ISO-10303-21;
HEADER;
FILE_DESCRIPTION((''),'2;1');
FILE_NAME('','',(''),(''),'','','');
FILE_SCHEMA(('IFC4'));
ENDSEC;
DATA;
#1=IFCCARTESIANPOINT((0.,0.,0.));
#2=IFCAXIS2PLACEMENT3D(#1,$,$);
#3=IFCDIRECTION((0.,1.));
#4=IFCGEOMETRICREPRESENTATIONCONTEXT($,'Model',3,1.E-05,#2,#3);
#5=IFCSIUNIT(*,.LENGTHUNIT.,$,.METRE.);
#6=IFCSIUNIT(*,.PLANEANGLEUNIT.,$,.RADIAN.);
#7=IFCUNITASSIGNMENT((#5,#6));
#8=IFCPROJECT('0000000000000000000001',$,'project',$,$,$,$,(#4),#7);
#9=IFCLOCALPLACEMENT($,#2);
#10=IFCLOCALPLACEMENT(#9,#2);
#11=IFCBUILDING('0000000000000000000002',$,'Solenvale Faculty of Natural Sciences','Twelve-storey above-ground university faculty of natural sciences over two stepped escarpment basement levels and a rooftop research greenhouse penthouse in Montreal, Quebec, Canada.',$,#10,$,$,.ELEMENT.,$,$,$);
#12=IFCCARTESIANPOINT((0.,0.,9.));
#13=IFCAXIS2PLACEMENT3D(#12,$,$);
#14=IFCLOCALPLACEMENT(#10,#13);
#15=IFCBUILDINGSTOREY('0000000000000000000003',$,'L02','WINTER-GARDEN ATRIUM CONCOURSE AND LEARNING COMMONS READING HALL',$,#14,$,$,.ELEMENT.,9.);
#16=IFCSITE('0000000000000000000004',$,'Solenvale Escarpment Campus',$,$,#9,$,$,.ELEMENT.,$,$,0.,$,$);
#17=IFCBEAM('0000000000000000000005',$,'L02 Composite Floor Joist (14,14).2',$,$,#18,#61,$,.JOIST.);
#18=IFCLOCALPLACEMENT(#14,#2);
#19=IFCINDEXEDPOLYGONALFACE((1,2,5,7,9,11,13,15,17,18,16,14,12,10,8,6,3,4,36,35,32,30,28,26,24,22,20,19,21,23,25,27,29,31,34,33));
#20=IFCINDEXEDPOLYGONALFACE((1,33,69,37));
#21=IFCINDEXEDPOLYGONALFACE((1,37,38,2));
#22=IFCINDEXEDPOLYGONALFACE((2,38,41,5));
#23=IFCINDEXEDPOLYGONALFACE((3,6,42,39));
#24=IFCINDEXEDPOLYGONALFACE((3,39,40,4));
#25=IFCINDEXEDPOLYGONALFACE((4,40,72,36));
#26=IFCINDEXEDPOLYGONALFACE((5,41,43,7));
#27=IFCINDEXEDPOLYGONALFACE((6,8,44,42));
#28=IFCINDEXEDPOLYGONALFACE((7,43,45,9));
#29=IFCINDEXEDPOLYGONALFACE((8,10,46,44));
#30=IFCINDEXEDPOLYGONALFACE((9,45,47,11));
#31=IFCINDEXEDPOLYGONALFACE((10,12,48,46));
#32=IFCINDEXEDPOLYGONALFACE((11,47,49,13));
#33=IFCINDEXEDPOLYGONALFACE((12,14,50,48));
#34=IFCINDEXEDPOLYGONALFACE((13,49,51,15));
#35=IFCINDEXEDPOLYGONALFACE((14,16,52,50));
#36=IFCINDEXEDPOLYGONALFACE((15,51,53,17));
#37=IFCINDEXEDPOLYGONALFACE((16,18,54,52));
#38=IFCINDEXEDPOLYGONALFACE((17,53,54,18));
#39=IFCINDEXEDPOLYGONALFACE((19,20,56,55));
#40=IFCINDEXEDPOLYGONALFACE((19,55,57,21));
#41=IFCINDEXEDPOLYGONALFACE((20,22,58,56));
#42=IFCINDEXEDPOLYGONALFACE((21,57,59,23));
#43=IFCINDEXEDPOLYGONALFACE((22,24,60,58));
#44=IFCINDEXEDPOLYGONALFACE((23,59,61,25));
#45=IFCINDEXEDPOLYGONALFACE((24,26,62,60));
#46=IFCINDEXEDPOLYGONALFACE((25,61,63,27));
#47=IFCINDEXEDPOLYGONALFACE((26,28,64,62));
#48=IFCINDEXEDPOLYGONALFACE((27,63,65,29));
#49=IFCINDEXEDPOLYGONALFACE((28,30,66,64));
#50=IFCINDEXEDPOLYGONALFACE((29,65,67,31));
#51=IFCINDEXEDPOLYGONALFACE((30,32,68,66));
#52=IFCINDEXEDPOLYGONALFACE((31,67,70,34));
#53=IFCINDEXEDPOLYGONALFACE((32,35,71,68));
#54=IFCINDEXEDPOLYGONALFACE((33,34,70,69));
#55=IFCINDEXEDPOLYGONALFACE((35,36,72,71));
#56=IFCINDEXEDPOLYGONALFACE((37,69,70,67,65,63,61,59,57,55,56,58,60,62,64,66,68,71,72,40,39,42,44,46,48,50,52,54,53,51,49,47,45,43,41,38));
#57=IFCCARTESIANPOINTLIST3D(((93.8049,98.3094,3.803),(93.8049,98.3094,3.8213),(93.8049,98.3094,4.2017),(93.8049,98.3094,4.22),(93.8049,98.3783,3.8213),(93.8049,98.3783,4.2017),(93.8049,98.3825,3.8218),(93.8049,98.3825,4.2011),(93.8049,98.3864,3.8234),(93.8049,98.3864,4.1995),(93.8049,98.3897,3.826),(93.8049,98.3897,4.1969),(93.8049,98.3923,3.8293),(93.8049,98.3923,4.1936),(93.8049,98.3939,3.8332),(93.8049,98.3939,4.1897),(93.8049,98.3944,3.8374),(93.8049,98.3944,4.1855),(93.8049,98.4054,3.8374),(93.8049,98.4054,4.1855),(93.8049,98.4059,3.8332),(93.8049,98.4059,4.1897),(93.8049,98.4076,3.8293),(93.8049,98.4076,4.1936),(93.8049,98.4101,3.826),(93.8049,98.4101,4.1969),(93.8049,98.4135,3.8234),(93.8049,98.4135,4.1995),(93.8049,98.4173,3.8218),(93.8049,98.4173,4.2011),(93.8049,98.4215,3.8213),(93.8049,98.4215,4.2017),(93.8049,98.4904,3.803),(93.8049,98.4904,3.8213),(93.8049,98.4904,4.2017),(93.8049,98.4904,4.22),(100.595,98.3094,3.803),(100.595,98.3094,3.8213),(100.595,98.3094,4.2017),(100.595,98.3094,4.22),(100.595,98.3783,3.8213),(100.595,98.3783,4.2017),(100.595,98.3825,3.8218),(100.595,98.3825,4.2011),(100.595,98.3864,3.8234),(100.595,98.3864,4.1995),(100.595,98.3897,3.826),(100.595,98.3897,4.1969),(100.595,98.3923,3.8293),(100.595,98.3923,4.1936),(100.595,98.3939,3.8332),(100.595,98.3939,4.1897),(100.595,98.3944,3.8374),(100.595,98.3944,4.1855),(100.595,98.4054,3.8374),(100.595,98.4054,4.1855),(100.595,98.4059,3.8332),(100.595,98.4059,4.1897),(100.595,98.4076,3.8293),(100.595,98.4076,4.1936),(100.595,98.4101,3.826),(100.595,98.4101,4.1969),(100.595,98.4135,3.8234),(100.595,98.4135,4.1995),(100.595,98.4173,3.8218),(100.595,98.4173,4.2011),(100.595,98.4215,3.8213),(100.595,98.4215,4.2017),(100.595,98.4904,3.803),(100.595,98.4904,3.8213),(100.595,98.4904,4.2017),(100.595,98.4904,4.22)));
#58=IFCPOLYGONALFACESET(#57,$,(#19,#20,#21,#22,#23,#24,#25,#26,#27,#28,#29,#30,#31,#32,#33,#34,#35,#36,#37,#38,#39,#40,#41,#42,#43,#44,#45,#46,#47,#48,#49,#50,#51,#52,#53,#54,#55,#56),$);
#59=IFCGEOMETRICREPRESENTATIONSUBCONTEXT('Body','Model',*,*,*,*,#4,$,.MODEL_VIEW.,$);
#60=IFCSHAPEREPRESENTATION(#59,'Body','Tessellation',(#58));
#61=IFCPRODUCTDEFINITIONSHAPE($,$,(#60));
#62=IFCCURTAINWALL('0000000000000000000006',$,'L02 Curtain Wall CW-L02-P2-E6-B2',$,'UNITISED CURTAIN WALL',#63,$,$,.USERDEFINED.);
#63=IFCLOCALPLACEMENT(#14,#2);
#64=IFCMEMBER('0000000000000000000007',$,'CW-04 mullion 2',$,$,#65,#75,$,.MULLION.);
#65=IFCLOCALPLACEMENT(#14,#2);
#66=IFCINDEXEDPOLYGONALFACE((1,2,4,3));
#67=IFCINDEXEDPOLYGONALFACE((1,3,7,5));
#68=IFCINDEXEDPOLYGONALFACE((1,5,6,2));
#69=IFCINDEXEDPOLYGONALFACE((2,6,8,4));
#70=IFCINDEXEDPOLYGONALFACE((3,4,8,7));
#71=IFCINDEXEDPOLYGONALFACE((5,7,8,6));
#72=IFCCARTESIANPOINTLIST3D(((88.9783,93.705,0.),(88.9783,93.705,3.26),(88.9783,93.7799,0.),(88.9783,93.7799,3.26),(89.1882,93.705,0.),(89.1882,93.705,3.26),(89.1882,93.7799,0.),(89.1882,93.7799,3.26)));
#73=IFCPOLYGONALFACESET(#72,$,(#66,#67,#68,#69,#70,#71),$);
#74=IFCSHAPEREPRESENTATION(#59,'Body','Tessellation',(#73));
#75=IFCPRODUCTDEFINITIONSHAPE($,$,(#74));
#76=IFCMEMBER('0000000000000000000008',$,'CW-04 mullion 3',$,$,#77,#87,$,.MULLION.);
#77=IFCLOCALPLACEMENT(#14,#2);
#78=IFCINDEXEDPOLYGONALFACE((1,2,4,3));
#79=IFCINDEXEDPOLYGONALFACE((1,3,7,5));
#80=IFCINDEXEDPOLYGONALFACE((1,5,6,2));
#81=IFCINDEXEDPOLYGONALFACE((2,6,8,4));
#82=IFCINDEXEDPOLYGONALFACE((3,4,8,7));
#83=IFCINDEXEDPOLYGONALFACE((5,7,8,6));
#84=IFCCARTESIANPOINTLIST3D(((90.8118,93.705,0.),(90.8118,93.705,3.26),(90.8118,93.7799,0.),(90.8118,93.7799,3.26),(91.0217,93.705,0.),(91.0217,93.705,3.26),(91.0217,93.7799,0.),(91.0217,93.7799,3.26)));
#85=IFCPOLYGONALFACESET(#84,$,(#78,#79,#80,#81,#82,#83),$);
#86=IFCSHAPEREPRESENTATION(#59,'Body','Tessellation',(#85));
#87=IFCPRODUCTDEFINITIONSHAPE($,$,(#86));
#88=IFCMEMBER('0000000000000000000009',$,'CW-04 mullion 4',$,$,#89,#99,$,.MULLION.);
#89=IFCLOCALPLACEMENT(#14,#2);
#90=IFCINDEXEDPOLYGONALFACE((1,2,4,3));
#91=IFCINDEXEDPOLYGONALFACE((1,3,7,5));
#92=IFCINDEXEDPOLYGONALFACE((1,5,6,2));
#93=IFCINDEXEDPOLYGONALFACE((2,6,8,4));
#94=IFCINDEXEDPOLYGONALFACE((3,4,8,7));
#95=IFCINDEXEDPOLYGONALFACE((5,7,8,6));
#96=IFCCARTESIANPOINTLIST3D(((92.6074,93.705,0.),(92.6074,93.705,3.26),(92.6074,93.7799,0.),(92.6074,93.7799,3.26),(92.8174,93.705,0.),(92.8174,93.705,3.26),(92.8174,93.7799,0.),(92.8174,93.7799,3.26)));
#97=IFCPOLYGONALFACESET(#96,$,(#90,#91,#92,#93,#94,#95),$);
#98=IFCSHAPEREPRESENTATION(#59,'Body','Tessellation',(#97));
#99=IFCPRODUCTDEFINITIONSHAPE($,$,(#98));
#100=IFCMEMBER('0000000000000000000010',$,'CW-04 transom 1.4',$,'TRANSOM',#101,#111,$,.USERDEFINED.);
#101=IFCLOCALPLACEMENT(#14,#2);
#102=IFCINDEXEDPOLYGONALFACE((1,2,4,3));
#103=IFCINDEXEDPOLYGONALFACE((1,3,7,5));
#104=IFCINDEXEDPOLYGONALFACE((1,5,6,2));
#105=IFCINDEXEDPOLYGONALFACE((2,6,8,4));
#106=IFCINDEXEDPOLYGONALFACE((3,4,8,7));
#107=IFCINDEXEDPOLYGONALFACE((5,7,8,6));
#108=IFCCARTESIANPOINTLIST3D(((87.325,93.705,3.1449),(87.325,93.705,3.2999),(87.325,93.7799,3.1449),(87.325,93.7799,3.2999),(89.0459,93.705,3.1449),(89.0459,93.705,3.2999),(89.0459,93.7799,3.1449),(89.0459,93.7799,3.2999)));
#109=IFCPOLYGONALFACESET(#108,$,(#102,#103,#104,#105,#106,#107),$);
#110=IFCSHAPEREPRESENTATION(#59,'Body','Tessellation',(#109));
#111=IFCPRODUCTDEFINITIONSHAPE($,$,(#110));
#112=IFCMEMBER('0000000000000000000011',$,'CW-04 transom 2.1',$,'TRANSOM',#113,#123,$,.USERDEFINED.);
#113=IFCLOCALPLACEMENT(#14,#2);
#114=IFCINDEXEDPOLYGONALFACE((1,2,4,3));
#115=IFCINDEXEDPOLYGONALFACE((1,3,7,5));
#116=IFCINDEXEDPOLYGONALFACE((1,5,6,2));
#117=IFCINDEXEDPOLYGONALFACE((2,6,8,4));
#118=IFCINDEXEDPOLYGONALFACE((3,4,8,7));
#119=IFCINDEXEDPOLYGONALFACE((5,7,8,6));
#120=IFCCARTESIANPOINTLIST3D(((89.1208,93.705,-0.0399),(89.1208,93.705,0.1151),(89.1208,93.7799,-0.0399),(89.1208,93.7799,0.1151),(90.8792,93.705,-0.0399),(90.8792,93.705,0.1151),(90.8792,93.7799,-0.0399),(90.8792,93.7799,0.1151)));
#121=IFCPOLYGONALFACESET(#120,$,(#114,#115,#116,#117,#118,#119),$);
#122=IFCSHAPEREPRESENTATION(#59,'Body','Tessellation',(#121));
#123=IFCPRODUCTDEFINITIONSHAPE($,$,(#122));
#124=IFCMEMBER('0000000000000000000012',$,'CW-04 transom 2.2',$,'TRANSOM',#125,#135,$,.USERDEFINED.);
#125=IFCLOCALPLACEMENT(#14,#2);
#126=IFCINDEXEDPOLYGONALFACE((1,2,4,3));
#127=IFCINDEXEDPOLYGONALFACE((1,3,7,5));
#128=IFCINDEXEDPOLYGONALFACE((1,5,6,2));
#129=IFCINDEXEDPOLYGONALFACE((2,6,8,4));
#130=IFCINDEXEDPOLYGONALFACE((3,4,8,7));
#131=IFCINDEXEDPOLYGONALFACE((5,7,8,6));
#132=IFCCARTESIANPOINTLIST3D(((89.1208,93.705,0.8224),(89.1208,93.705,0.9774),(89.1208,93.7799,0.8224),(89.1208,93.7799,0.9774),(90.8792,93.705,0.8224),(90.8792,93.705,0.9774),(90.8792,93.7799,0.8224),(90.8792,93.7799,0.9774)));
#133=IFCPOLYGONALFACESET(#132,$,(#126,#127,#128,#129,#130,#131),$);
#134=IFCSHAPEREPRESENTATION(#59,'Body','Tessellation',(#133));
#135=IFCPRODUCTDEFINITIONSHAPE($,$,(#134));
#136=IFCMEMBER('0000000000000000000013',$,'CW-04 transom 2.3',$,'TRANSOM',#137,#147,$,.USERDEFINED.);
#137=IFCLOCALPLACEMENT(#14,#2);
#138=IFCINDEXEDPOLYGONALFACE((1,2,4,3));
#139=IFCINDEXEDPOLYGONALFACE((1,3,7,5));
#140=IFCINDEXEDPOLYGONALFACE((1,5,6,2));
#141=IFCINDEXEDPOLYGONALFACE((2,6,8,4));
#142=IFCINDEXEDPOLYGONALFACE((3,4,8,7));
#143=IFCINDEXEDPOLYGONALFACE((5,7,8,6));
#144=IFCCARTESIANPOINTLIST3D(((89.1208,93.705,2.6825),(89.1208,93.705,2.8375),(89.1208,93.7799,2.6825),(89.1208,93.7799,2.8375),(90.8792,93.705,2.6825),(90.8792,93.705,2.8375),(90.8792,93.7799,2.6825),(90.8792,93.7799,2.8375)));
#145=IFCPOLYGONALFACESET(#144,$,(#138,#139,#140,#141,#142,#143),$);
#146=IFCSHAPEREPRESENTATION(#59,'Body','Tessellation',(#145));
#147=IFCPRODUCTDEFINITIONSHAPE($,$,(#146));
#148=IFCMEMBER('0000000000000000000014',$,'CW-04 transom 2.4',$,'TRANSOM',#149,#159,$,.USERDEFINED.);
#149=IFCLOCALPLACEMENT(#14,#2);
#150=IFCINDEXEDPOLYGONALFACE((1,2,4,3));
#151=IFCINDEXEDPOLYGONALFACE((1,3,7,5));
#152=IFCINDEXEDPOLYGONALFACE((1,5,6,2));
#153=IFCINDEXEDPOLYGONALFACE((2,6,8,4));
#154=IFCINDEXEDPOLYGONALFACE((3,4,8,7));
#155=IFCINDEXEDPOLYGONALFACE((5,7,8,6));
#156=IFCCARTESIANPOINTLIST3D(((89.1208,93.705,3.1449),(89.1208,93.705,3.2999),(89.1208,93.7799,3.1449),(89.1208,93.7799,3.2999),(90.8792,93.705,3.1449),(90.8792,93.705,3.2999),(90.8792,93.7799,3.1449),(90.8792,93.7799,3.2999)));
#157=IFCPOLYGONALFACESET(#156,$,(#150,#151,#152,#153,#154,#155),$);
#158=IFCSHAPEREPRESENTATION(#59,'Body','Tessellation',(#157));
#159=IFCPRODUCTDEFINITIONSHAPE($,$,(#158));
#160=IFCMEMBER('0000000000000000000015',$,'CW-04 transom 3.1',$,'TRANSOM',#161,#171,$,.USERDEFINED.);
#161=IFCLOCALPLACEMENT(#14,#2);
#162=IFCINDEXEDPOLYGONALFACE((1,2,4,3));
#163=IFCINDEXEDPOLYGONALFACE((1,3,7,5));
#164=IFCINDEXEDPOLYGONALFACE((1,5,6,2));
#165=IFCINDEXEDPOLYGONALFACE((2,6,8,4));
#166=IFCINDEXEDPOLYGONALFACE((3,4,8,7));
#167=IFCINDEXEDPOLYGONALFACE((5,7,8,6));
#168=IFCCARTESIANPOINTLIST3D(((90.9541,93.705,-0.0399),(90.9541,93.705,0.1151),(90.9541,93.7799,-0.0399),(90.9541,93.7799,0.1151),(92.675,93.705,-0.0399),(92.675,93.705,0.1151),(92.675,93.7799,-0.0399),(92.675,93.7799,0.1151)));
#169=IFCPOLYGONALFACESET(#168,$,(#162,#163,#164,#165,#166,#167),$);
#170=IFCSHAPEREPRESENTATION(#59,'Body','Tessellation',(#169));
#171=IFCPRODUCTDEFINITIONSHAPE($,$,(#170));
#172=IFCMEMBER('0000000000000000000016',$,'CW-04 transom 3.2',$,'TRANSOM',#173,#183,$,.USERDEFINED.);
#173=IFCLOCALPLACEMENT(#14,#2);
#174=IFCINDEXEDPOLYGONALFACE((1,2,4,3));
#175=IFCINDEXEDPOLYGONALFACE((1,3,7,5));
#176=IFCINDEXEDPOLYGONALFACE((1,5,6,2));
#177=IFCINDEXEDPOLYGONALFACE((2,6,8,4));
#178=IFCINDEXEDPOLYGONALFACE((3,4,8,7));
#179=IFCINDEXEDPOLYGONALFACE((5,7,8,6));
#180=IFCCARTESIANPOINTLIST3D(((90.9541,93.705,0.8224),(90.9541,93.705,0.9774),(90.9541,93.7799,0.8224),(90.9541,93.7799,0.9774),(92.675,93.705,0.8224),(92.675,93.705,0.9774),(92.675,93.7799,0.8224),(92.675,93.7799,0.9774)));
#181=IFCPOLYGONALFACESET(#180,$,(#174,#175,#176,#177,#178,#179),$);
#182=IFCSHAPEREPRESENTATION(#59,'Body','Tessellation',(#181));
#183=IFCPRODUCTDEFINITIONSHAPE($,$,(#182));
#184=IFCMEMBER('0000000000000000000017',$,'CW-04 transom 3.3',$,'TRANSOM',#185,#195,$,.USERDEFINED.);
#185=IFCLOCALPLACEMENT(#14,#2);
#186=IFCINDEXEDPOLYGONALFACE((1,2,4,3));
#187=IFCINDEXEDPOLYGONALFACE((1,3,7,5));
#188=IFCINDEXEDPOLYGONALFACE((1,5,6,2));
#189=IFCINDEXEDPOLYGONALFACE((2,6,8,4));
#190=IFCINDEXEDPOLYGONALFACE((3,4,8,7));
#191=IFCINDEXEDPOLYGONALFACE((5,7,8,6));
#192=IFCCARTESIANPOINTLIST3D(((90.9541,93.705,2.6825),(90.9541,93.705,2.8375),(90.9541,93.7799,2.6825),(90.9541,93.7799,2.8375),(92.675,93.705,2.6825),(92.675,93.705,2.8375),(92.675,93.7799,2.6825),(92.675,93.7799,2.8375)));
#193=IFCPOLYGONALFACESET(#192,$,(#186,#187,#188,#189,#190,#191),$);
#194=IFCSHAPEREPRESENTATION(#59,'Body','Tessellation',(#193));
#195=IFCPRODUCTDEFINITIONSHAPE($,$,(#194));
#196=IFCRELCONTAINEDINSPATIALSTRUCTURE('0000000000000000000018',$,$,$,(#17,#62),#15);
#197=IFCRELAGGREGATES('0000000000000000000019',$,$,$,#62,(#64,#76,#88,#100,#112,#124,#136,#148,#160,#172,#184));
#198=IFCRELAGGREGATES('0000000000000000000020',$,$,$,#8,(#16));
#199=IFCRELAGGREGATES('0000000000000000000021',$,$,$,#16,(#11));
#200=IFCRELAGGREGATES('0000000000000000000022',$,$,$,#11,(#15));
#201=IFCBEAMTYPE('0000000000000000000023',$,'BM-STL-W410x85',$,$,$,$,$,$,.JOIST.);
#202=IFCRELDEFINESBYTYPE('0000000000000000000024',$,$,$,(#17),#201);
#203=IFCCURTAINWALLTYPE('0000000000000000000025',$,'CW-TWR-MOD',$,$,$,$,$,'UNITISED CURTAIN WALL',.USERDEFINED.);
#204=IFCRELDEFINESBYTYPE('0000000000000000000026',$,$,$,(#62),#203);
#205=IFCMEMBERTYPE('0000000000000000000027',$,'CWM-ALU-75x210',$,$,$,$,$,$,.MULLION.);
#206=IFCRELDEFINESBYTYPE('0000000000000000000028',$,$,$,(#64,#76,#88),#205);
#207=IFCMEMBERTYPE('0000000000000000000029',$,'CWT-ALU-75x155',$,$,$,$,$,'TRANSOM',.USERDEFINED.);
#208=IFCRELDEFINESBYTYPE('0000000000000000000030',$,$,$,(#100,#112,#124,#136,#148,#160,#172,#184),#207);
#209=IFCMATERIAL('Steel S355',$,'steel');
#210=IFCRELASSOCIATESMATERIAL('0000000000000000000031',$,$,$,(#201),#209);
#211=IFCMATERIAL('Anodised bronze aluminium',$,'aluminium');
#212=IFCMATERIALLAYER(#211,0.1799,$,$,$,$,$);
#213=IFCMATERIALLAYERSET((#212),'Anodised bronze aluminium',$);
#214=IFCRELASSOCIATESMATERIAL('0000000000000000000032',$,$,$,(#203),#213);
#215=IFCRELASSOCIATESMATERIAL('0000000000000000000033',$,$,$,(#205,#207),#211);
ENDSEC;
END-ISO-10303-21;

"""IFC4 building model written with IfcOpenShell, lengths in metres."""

from ifc_helpers import new_model, si_unit, direction, frame, origin, origin_2d, place, context, subcontext, project, spatial, rectangle, i_section, extrude, material, layer, layer_set, material_profile, profile_set, type_object, element, aggregate, save


model = new_model("IFC4")

# Units and contexts
model_context = context("Model", 3, precision=1e-05, world=origin(), true_north=direction((0.0, 1.0)))
body_context = subcontext(model_context, "Body", "Model", "MODEL_VIEW")
ifc_project = project(units=[si_unit("LENGTHUNIT", "METRE"), si_unit("PLANEANGLEUNIT", "RADIAN")], contexts=[model_context])

# Site, building, storey
site_placement = place(None, origin())
site = spatial("IfcSite", under=ifc_project, at=site_placement, Name="Solenvale Escarpment Campus", CompositionType="ELEMENT", RefElevation=0.0)
building_placement = place(site_placement, origin())
building = spatial("IfcBuilding", under=site, at=building_placement, Name="Solenvale Faculty of Natural Sciences", Description="Twelve-storey above-ground university faculty of natural sciences over two stepped escarpment basement levels and a rooftop research greenhouse penthouse in Montreal, Quebec, Canada.", CompositionType="ELEMENT")
storey_placement = place(building_placement, frame((0.0, 0.0, 9.0)))
storey = spatial("IfcBuildingStorey", under=building, at=storey_placement, Name="L02", Description="WINTER-GARDEN ATRIUM CONCOURSE AND LEARNING COMMONS READING HALL", CompositionType="ELEMENT", Elevation=9.0)

# Beam
ifc_material_1 = material(Name="Steel S355", Category="steel")
ifc_material_profile_1 = material_profile(ifc_material_1, i_section(OverallWidth=0.1809, OverallDepth=0.417, WebThickness=0.011, FlangeThickness=0.0183, FilletRadius=0.0161, at=origin_2d()), Name="W410x85")
ifc_profile_set_1 = profile_set([ifc_material_profile_1], Name="Steel S355")
beam_type_1 = type_object("IfcBeamType", Name="BM-STL-W410x85", PredefinedType="JOIST", material=ifc_profile_set_1)
for number, where, z_axis, x_axis, name in (
    (1, (93.8049, 98.3999, 4.0115), (1.0, 0.0, 0.0), (0.0, 1.0, 0.0), "L02 Composite Floor Joist (14,14).2"),
):
    element("IfcBeam", number, at=place(storey_placement, frame(where, z_axis=z_axis, x_axis=x_axis)), inside=storey, type_object=beam_type_1, Name=name, PredefinedType="JOIST", context=body_context, shape_type="SweptSolid", body=[
        extrude(i_section(OverallWidth=0.1809, OverallDepth=0.417, WebThickness=0.011, FlangeThickness=0.0183, FilletRadius=0.0161, at=origin_2d()), origin(), (0.0, 0.0, 1.0), 6.79),
    ])

# Curtain wall, members
ifc_material_2 = material(Name="Anodised bronze aluminium", Category="aluminium")
ifc_layer_1 = layer(ifc_material_2, 0.1799)
ifc_layer_set_1 = layer_set([ifc_layer_1], Name="Anodised bronze aluminium")
curtain_wall_type = type_object("IfcCurtainWallType", Name="CW-TWR-MOD", ElementType="UNITISED CURTAIN WALL", PredefinedType="USERDEFINED", material=ifc_layer_set_1)
curtain_wall_placement = place(storey_placement, origin())
curtain_wall = element("IfcCurtainWall", 2, at=curtain_wall_placement, inside=storey, type_object=curtain_wall_type, Name="L02 Curtain Wall CW-L02-P2-E6-B2", ObjectType="UNITISED CURTAIN WALL", PredefinedType="USERDEFINED")
ifc_material_profile_2 = material_profile(ifc_material_2, rectangle(XDim=0.075, YDim=0.21, at=origin_2d()), Name="ALU-MUL-75x210")
ifc_profile_set_2 = profile_set([ifc_material_profile_2], Name="Anodised bronze aluminium")
member_type_1 = type_object("IfcMemberType", Name="CWM-ALU-75x210", PredefinedType="MULLION", material=ifc_profile_set_2)
member_1_placement = place(storey_placement, frame((89.0833, 93.7424, 0.0), z_axis=(0.0, 0.0, 1.0), x_axis=(0.0, 1.0, 0.0)))
member_1 = element("IfcMember", 3, at=member_1_placement, type_object=member_type_1, Name="CW-04 mullion 2", PredefinedType="MULLION", context=body_context, shape_type="SweptSolid", body=[
    extrude(rectangle(XDim=0.075, YDim=0.21, at=origin_2d()), origin(), (0.0, 0.0, 1.0), 3.26),
])
member_2_placement = place(storey_placement, frame((90.9167, 93.7424, 0.0), z_axis=(0.0, 0.0, 1.0), x_axis=(0.0, 1.0, 0.0)))
member_2 = element("IfcMember", 4, at=member_2_placement, type_object=member_type_1, Name="CW-04 mullion 3", PredefinedType="MULLION", context=body_context, shape_type="SweptSolid", body=[
    extrude(rectangle(XDim=0.075, YDim=0.21, at=origin_2d()), origin(), (0.0, 0.0, 1.0), 3.26),
])
member_3_placement = place(storey_placement, frame((92.7124, 93.7424, 0.0), z_axis=(0.0, 0.0, 1.0), x_axis=(0.0, 1.0, 0.0)))
member_3 = element("IfcMember", 5, at=member_3_placement, type_object=member_type_1, Name="CW-04 mullion 4", PredefinedType="MULLION", context=body_context, shape_type="SweptSolid", body=[
    extrude(rectangle(XDim=0.075, YDim=0.21, at=origin_2d()), origin(), (0.0, 0.0, 1.0), 3.26),
])
ifc_material_profile_3 = material_profile(ifc_material_2, rectangle(XDim=0.075, YDim=0.155, at=origin_2d()), Name="ALU-TRN-75x155")
ifc_profile_set_3 = profile_set([ifc_material_profile_3], Name="Anodised bronze aluminium")
member_type_2 = type_object("IfcMemberType", Name="CWT-ALU-75x155", ElementType="TRANSOM", PredefinedType="USERDEFINED", material=ifc_profile_set_3)
member_4_placement = place(storey_placement, frame((87.325, 93.7424, 3.2224), z_axis=(1.0, 0.0, 0.0), x_axis=(0.0, 1.0, 0.0)))
member_4 = element("IfcMember", 6, at=member_4_placement, type_object=member_type_2, Name="CW-04 transom 1.4", ObjectType="TRANSOM", PredefinedType="USERDEFINED", context=body_context, shape_type="SweptSolid", body=[
    extrude(rectangle(XDim=0.075, YDim=0.155, at=origin_2d()), origin(), (0.0, 0.0, 1.0), 1.7209),
])
member_5_placement = place(storey_placement, frame((89.1208, 93.7424, 0.0376), z_axis=(1.0, 0.0, 0.0), x_axis=(0.0, 1.0, 0.0)))
member_5 = element("IfcMember", 7, at=member_5_placement, type_object=member_type_2, Name="CW-04 transom 2.1", ObjectType="TRANSOM", PredefinedType="USERDEFINED", context=body_context, shape_type="SweptSolid", body=[
    extrude(rectangle(XDim=0.075, YDim=0.155, at=origin_2d()), origin(), (0.0, 0.0, 1.0), 1.7583),
])
member_6_placement = place(storey_placement, frame((89.1208, 93.7424, 0.8999), z_axis=(1.0, 0.0, 0.0), x_axis=(0.0, 1.0, 0.0)))
member_6 = element("IfcMember", 8, at=member_6_placement, type_object=member_type_2, Name="CW-04 transom 2.2", ObjectType="TRANSOM", PredefinedType="USERDEFINED", context=body_context, shape_type="SweptSolid", body=[
    extrude(rectangle(XDim=0.075, YDim=0.155, at=origin_2d()), origin(), (0.0, 0.0, 1.0), 1.7583),
])
member_7_placement = place(storey_placement, frame((89.1208, 93.7424, 2.76), z_axis=(1.0, 0.0, 0.0), x_axis=(0.0, 1.0, 0.0)))
member_7 = element("IfcMember", 9, at=member_7_placement, type_object=member_type_2, Name="CW-04 transom 2.3", ObjectType="TRANSOM", PredefinedType="USERDEFINED", context=body_context, shape_type="SweptSolid", body=[
    extrude(rectangle(XDim=0.075, YDim=0.155, at=origin_2d()), origin(), (0.0, 0.0, 1.0), 1.7583),
])
member_8_placement = place(storey_placement, frame((89.1208, 93.7424, 3.2224), z_axis=(1.0, 0.0, 0.0), x_axis=(0.0, 1.0, 0.0)))
member_8 = element("IfcMember", 10, at=member_8_placement, type_object=member_type_2, Name="CW-04 transom 2.4", ObjectType="TRANSOM", PredefinedType="USERDEFINED", context=body_context, shape_type="SweptSolid", body=[
    extrude(rectangle(XDim=0.075, YDim=0.155, at=origin_2d()), origin(), (0.0, 0.0, 1.0), 1.7583),
])
member_9_placement = place(storey_placement, frame((90.9541, 93.7424, 0.0376), z_axis=(1.0, 0.0, 0.0), x_axis=(0.0, 1.0, 0.0)))
member_9 = element("IfcMember", 11, at=member_9_placement, type_object=member_type_2, Name="CW-04 transom 3.1", ObjectType="TRANSOM", PredefinedType="USERDEFINED", context=body_context, shape_type="SweptSolid", body=[
    extrude(rectangle(XDim=0.075, YDim=0.155, at=origin_2d()), origin(), (0.0, 0.0, 1.0), 1.7209),
])
member_10_placement = place(storey_placement, frame((90.9541, 93.7424, 0.8999), z_axis=(1.0, 0.0, 0.0), x_axis=(0.0, 1.0, 0.0)))
member_10 = element("IfcMember", 12, at=member_10_placement, type_object=member_type_2, Name="CW-04 transom 3.2", ObjectType="TRANSOM", PredefinedType="USERDEFINED", context=body_context, shape_type="SweptSolid", body=[
    extrude(rectangle(XDim=0.075, YDim=0.155, at=origin_2d()), origin(), (0.0, 0.0, 1.0), 1.7209),
])
member_11_placement = place(storey_placement, frame((90.9541, 93.7424, 2.76), z_axis=(1.0, 0.0, 0.0), x_axis=(0.0, 1.0, 0.0)))
member_11 = element("IfcMember", 13, at=member_11_placement, type_object=member_type_2, Name="CW-04 transom 3.3", ObjectType="TRANSOM", PredefinedType="USERDEFINED", context=body_context, shape_type="SweptSolid", body=[
    extrude(rectangle(XDim=0.075, YDim=0.155, at=origin_2d()), origin(), (0.0, 0.0, 1.0), 1.7209),
])
aggregate(curtain_wall, [member_1, member_2, member_3, member_4, member_5, member_6, member_7, member_8, member_9, member_10, member_11])

save(model, "model.ifc")
